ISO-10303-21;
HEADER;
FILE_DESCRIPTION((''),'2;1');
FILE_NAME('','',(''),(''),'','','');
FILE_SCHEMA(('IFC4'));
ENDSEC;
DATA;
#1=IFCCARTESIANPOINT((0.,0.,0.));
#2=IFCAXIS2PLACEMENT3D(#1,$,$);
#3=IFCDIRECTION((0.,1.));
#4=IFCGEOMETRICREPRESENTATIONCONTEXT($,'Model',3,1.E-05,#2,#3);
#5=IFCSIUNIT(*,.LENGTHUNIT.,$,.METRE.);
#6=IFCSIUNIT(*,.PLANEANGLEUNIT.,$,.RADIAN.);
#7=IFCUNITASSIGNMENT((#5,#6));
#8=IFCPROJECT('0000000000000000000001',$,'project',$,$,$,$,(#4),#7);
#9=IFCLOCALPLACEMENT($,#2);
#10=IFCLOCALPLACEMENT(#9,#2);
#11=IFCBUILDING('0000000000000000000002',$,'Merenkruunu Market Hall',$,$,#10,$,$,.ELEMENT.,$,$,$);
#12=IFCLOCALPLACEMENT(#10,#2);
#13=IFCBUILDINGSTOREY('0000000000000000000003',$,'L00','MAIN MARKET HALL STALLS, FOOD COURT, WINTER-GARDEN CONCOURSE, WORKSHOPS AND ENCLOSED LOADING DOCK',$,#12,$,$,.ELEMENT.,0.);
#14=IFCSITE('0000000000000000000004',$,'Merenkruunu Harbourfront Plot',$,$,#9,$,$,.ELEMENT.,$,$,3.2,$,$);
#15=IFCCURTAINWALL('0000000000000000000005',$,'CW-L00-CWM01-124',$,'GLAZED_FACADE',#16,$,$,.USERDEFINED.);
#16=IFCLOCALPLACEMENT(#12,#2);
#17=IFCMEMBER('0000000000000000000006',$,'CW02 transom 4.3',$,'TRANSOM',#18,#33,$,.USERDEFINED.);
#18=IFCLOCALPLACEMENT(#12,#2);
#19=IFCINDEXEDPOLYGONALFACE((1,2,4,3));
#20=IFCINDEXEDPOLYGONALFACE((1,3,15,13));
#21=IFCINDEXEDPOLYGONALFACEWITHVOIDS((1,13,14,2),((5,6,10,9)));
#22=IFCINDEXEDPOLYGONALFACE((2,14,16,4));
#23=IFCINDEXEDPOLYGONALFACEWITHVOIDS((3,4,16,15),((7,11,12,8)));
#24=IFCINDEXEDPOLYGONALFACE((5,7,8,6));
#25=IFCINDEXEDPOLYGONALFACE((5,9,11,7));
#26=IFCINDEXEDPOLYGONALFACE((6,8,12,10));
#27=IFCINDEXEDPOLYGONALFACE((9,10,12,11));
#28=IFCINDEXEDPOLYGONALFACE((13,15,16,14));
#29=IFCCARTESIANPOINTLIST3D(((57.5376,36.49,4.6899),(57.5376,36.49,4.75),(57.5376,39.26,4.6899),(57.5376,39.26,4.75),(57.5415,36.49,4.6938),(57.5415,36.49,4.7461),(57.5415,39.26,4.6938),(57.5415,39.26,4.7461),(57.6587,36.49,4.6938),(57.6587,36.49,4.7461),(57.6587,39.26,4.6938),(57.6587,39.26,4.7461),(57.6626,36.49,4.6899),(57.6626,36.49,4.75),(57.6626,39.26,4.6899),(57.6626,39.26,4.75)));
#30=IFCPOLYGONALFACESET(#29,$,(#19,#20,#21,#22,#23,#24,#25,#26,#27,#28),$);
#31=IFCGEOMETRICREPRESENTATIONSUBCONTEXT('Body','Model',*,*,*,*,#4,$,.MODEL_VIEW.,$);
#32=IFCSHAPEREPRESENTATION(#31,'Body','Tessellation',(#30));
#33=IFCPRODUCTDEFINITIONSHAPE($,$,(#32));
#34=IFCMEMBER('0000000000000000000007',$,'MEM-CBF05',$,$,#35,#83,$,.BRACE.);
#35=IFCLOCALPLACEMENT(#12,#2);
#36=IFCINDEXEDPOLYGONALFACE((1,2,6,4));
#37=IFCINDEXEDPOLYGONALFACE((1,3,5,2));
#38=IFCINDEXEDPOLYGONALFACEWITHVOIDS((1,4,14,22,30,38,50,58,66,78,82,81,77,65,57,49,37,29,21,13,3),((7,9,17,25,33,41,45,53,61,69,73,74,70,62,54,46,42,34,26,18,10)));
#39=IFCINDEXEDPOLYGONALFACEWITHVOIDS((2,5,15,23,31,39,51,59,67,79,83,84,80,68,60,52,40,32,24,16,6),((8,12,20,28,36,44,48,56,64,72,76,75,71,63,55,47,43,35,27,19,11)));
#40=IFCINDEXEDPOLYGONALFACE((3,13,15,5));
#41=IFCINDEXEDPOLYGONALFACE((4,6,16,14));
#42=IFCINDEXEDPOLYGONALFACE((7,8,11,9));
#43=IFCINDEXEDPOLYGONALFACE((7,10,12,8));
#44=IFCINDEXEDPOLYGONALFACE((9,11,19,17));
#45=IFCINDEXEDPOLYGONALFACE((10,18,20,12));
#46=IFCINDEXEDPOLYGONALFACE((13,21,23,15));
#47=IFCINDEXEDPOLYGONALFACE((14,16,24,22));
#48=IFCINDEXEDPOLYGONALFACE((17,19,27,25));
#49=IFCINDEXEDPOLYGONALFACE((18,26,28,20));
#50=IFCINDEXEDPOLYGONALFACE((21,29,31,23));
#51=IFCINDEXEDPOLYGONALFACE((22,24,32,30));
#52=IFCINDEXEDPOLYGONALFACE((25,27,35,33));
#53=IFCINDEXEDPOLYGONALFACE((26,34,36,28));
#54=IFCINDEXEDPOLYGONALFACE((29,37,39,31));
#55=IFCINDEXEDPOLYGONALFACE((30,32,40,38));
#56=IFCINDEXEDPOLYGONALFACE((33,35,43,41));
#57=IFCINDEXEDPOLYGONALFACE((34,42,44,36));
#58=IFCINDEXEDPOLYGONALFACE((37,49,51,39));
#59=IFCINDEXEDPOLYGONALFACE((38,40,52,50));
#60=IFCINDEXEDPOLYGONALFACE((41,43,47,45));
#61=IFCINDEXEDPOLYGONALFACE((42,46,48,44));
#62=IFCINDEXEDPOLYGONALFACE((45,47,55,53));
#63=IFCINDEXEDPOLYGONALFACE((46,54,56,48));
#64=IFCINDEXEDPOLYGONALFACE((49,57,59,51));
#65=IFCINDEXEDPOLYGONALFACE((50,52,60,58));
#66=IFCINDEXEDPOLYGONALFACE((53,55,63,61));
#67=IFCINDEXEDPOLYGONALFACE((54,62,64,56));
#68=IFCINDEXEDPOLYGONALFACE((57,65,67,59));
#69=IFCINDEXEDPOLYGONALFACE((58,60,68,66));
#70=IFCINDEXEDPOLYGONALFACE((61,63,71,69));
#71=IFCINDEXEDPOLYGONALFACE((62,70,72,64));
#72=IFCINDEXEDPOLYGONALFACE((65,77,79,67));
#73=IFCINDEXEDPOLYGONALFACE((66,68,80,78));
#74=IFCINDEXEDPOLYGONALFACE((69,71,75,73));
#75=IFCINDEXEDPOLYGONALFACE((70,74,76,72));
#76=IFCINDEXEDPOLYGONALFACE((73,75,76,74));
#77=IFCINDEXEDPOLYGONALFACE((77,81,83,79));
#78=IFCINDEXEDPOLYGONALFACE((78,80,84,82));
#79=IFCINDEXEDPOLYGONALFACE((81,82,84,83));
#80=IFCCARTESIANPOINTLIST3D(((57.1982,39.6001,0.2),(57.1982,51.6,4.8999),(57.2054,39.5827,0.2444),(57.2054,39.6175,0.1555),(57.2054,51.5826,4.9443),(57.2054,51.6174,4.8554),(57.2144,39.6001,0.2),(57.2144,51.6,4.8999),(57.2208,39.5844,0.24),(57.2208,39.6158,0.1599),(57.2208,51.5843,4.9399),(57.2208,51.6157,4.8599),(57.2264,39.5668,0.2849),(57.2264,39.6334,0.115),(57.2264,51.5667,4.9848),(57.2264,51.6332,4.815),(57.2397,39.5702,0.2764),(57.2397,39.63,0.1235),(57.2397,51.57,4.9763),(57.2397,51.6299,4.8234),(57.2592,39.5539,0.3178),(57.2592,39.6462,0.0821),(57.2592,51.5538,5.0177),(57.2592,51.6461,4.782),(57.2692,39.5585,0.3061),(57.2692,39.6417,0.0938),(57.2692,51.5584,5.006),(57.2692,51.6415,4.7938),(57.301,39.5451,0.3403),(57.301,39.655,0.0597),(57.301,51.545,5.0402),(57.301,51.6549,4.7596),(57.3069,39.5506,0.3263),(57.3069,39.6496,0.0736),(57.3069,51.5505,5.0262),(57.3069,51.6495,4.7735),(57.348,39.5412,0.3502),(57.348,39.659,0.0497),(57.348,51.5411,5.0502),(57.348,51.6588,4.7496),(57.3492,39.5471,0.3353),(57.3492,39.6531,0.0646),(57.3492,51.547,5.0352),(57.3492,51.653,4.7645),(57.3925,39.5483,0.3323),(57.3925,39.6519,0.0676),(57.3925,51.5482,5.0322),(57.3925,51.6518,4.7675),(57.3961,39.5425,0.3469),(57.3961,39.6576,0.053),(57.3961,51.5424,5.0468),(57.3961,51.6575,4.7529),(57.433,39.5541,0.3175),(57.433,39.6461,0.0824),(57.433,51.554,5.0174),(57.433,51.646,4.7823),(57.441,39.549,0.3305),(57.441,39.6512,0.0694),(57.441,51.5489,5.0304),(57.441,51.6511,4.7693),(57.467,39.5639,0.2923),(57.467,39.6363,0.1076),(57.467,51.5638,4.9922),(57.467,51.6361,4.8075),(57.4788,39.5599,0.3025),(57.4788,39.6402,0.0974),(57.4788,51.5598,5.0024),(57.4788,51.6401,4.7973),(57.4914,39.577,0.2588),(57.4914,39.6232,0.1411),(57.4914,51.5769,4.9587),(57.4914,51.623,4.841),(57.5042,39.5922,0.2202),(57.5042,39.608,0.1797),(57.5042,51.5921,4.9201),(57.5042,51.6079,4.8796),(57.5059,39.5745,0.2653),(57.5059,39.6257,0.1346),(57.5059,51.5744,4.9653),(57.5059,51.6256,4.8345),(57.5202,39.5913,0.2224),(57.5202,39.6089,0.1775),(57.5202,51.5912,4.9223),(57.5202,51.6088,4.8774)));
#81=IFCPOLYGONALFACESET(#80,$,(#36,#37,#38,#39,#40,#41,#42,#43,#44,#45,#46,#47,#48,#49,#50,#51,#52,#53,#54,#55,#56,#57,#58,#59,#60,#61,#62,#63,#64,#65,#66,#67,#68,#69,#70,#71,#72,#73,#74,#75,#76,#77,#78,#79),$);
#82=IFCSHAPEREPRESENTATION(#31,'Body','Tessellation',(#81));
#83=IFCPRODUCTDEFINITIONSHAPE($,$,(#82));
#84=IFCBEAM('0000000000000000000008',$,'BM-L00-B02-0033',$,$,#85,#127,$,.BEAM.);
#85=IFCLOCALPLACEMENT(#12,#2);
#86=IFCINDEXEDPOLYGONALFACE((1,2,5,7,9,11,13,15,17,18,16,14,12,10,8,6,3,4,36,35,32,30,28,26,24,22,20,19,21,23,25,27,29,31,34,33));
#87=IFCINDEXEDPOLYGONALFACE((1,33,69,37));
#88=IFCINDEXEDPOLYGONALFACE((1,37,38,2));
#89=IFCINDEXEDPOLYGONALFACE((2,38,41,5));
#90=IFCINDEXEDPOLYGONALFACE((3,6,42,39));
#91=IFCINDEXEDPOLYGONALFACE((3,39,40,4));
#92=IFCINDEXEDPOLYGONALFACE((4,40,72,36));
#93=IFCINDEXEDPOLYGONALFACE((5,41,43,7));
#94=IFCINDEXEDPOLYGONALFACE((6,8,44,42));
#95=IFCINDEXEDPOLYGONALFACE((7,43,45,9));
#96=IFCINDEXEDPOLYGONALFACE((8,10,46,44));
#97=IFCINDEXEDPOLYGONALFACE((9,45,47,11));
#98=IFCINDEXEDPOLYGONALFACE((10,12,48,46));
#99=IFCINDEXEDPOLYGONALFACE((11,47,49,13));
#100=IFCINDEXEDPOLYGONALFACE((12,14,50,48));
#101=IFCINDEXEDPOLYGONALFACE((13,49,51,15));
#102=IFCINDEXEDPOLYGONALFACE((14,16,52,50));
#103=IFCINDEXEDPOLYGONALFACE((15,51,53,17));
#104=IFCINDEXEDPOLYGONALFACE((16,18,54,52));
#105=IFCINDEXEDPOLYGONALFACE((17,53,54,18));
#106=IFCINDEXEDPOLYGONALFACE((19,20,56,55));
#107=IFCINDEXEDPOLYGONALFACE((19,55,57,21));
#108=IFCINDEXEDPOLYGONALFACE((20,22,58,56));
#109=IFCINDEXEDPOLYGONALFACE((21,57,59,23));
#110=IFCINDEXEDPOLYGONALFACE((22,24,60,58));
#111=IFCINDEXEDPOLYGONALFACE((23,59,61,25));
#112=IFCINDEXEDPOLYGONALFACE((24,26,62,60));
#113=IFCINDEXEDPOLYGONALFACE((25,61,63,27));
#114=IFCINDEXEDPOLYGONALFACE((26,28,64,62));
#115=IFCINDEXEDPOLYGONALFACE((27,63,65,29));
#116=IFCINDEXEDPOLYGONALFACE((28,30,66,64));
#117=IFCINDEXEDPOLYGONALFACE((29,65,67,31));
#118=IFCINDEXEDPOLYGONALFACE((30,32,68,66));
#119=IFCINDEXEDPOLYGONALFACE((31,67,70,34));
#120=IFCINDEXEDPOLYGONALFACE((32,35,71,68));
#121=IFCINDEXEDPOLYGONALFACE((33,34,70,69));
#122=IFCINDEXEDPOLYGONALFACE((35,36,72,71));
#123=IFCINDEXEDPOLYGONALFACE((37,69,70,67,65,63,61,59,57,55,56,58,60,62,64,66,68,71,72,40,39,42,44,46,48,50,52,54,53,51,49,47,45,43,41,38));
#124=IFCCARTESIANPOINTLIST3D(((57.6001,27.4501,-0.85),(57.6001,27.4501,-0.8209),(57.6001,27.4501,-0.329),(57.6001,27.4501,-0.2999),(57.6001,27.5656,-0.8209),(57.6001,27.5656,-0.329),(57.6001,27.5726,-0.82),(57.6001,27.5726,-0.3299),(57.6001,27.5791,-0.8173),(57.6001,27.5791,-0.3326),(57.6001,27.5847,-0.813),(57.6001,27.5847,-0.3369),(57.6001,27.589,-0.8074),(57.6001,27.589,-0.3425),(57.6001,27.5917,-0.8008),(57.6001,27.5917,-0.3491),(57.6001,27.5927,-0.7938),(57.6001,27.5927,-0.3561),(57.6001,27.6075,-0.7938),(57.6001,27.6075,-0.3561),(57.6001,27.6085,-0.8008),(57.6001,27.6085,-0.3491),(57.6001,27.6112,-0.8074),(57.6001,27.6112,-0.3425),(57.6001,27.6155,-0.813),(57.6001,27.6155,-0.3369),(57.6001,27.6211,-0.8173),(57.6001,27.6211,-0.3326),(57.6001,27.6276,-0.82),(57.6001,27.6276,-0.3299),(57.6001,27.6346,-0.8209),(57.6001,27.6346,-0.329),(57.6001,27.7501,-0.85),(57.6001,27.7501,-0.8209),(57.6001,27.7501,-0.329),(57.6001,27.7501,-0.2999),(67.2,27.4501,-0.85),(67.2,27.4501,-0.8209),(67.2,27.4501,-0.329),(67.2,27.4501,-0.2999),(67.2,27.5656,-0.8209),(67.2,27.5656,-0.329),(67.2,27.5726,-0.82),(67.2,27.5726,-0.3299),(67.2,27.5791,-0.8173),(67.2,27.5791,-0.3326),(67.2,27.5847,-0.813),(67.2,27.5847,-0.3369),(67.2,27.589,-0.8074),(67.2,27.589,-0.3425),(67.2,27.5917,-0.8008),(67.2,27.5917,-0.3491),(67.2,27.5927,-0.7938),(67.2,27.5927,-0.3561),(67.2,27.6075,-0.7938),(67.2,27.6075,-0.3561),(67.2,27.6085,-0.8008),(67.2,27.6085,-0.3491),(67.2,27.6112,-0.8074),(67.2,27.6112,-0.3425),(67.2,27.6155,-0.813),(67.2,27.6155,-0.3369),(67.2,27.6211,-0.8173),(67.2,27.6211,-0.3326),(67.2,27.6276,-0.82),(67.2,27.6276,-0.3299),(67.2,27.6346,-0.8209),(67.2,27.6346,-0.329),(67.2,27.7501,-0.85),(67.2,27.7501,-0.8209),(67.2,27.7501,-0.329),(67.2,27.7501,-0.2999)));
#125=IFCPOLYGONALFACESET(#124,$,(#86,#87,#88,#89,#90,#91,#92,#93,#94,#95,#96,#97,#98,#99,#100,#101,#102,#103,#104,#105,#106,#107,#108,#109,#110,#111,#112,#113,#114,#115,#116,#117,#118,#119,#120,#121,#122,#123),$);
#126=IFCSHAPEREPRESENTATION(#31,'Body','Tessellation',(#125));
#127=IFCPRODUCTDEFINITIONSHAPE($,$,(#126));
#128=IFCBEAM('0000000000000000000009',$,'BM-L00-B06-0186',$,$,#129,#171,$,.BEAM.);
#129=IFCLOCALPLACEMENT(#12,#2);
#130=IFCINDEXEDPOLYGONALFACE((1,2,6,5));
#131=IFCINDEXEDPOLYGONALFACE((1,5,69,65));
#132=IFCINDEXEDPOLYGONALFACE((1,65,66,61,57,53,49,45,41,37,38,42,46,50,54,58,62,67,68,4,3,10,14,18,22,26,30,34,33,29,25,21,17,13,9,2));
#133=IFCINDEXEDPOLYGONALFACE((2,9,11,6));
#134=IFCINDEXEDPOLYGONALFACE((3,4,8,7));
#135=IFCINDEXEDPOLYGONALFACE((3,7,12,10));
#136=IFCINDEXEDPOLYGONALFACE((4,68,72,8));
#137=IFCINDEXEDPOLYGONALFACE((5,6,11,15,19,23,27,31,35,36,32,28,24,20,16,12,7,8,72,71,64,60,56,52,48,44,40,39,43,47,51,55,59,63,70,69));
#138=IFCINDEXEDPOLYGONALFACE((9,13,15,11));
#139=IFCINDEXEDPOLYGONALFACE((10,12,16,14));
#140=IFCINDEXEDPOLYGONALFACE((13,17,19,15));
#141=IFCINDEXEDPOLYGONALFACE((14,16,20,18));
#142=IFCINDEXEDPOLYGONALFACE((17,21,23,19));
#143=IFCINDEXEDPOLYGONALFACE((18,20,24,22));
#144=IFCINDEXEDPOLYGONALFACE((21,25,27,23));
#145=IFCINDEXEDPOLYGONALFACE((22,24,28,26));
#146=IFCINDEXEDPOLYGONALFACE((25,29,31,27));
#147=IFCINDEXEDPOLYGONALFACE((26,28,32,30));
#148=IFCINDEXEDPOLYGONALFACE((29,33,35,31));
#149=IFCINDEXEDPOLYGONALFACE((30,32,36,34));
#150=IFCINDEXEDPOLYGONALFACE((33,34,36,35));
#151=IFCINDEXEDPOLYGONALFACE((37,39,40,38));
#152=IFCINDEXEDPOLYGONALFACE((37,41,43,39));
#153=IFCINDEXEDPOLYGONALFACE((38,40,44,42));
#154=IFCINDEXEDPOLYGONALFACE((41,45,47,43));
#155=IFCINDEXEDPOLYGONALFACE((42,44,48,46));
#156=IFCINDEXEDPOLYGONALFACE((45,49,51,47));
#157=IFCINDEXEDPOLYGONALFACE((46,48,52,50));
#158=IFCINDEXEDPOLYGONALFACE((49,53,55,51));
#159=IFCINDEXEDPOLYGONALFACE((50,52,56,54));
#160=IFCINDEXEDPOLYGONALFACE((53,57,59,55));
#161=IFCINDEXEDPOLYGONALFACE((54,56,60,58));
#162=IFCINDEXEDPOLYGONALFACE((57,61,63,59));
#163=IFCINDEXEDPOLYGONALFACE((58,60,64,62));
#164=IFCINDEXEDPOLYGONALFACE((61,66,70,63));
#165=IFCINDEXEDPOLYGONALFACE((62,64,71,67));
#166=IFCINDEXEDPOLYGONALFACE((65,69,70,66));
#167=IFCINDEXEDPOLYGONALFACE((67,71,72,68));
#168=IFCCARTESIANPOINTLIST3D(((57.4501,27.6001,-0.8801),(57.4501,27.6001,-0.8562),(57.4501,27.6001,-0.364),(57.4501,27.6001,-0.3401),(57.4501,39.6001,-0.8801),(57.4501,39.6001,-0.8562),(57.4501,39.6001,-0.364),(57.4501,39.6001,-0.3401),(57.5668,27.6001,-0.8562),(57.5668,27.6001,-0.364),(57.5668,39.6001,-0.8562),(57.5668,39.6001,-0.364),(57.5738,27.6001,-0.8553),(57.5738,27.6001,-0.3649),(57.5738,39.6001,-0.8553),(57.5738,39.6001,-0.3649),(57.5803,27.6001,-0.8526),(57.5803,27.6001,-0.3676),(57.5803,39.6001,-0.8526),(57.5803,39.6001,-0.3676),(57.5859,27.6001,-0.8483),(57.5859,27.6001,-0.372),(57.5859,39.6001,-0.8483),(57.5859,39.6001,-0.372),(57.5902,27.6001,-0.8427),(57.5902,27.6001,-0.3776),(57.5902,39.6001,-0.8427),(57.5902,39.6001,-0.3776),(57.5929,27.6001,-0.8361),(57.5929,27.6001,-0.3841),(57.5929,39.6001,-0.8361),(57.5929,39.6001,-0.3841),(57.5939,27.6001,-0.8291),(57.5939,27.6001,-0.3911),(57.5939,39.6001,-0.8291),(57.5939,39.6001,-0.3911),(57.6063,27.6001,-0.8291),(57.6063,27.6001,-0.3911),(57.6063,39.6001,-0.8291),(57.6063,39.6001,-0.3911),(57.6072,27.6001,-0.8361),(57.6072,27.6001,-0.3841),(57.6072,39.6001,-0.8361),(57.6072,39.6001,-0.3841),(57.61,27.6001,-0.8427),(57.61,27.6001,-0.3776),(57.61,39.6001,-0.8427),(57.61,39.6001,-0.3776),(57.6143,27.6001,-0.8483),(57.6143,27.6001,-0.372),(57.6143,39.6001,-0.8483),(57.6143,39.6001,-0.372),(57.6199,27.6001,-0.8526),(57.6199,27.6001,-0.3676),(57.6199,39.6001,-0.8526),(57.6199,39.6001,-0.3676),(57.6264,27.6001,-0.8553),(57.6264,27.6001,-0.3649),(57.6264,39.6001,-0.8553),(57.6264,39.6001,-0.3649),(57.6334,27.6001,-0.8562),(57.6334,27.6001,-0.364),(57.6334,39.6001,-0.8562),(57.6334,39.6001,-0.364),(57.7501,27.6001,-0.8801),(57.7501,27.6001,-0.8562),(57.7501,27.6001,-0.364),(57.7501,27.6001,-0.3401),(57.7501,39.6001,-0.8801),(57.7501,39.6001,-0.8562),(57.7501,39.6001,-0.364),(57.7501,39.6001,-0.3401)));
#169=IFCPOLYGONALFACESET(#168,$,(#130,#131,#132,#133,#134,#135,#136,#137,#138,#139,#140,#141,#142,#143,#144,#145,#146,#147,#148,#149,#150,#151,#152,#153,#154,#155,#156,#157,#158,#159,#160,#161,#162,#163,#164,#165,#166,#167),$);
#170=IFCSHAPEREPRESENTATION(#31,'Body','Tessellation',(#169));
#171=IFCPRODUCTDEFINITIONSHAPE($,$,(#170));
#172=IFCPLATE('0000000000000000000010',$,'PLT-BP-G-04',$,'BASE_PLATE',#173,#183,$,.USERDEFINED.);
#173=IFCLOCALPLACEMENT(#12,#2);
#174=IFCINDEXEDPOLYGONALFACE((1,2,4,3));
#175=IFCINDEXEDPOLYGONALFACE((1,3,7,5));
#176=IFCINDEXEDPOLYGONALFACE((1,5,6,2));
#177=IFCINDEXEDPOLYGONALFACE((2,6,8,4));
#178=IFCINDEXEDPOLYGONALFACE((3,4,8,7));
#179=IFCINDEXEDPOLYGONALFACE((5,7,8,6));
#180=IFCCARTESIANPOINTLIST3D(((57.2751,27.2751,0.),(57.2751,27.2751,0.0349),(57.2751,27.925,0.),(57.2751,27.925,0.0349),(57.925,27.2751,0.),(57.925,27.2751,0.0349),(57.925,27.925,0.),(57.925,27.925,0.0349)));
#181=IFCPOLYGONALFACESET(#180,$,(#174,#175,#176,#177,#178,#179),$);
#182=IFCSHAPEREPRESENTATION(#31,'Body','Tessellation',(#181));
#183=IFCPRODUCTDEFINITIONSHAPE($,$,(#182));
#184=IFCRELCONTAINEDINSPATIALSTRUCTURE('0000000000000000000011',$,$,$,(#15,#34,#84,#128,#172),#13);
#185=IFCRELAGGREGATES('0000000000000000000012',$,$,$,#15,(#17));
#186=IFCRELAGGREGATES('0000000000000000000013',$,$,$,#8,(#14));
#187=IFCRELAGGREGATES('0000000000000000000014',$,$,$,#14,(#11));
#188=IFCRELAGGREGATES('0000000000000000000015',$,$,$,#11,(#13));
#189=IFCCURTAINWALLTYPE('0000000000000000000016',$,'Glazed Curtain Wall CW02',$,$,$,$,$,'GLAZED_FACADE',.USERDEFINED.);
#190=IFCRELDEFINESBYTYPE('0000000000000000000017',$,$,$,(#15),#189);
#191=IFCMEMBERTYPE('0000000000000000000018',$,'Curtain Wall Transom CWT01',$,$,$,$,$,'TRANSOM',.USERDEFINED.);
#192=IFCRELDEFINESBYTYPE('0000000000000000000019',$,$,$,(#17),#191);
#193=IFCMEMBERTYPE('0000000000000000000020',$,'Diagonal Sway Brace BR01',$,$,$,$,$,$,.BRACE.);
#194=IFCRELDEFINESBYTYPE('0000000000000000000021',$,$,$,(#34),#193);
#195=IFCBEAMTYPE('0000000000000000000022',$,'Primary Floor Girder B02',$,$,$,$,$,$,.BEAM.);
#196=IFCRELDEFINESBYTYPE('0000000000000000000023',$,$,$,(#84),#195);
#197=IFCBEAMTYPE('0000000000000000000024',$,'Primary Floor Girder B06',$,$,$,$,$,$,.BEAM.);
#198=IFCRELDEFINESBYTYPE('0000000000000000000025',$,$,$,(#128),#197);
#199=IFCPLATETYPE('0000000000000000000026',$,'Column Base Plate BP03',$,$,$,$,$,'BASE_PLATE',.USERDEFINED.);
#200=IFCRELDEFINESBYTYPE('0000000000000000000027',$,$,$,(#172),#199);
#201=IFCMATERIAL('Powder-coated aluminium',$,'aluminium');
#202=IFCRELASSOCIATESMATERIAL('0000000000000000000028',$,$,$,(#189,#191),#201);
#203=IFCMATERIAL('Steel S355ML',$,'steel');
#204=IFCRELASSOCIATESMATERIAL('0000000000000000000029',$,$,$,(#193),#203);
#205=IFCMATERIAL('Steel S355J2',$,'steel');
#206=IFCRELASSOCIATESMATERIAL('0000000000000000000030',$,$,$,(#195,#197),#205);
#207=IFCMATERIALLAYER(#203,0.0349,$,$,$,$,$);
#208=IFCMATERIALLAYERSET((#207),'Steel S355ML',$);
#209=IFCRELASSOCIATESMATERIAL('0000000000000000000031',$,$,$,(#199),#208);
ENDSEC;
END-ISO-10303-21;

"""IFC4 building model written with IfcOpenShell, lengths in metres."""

from ifc_helpers import new_model, si_unit, direction, frame, origin, origin_2d, place, context, subcontext, project, spatial, rectangle, hollow_rectangle, hollow_circle, i_section, extrude, material, layer, layer_set, material_profile, profile_set, type_object, element, aggregate, save


model = new_model("IFC4")

# Units and contexts
model_context = context("Model", 3, precision=1e-05, world=origin(), true_north=direction((0.0, 1.0)))
body_context = subcontext(model_context, "Body", "Model", "MODEL_VIEW")
ifc_project = project(units=[si_unit("LENGTHUNIT", "METRE"), si_unit("PLANEANGLEUNIT", "RADIAN")], contexts=[model_context])

# Site, building, storey
site_placement = place(None, origin())
site = spatial("IfcSite", under=ifc_project, at=site_placement, Name="Merenkruunu Harbourfront Plot", CompositionType="ELEMENT", RefElevation=3.2)
building_placement = place(site_placement, origin())
building = spatial("IfcBuilding", under=site, at=building_placement, Name="Merenkruunu Market Hall", CompositionType="ELEMENT")
storey_placement = place(building_placement, origin())
storey = spatial("IfcBuildingStorey", under=building, at=storey_placement, Name="L00", Description="MAIN MARKET HALL STALLS, FOOD COURT, WINTER-GARDEN CONCOURSE, WORKSHOPS AND ENCLOSED LOADING DOCK", CompositionType="ELEMENT", Elevation=0.0)

# Shared definitions
ifc_material_1 = material(Name="Steel S355ML", Category="steel")

# Shared definitions
ifc_material_2 = material(Name="Powder-coated aluminium", Category="aluminium")
curtain_wall_type = type_object("IfcCurtainWallType", Name="Glazed Curtain Wall CW02", ElementType="GLAZED_FACADE", PredefinedType="USERDEFINED", material=ifc_material_2)

# Curtain wall
curtain_wall_1_placement = place(storey_placement, origin())
curtain_wall_1 = element("IfcCurtainWall", 1, at=curtain_wall_1_placement, inside=storey, type_object=curtain_wall_type, Name="CW-L00-CWM01-124", ObjectType="GLAZED_FACADE", PredefinedType="USERDEFINED")

# Members
ifc_material_profile_1 = material_profile(ifc_material_2, hollow_rectangle(XDim=0.0601, YDim=0.125, WallThickness=0.0039, at=origin_2d()), Name="ALU 60x125x4")
ifc_profile_set_1 = profile_set([ifc_material_profile_1], Name="Powder-coated aluminium")
member_type_1 = type_object("IfcMemberType", Name="Curtain Wall Transom CWT01", ElementType="TRANSOM", PredefinedType="USERDEFINED", material=ifc_profile_set_1)
member_1_placement = place(storey_placement, frame((57.6001, 36.49, 4.72), z_axis=(0.0, 1.0, 0.0), x_axis=(0.0, 0.0, 1.0)))
member_1 = element("IfcMember", 2, at=member_1_placement, type_object=member_type_1, Name="CW02 transom 4.3", ObjectType="TRANSOM", PredefinedType="USERDEFINED", context=body_context, shape_type="SweptSolid", body=[
    extrude(hollow_rectangle(XDim=0.0601, YDim=0.125, WallThickness=0.0039, at=origin_2d()), origin(), (0.0, 0.0, 1.0), 2.77),
])
ifc_material_profile_2 = material_profile(ifc_material_1, hollow_circle(Radius=0.1619, WallThickness=0.0161, at=origin_2d()), Name="CHS 323.9x16")
ifc_profile_set_2 = profile_set([ifc_material_profile_2], Name="Steel S355ML")
member_type_2 = type_object("IfcMemberType", Name="Diagonal Sway Brace BR01", PredefinedType="BRACE", material=ifc_profile_set_2)
member_2_placement = place(storey_placement, frame((57.3601, 39.6001, 0.2), z_axis=(0.0, 0.93113, 0.364689), x_axis=(-1.0, 0.0, 0.0)))
element("IfcMember", 3, at=member_2_placement, inside=storey, type_object=member_type_2, Name="MEM-CBF05", PredefinedType="BRACE", context=body_context, shape_type="SweptSolid", body=[
    extrude(hollow_circle(Radius=0.1619, WallThickness=0.0161, at=origin_2d()), origin(), (0.0, 0.0, 1.0), 12.8875),
])

# Beams
ifc_material_3 = material(Name="Steel S355J2", Category="steel")
ifc_material_profile_3 = material_profile(ifc_material_3, i_section(OverallWidth=0.3, OverallDepth=0.55, WebThickness=0.0149, FlangeThickness=0.0291, FilletRadius=0.0271, at=origin_2d()), Name="HEB 550")
ifc_profile_set_3 = profile_set([ifc_material_profile_3], Name="Steel S355J2")
beam_type_1 = type_object("IfcBeamType", Name="Primary Floor Girder B02", PredefinedType="BEAM", material=ifc_profile_set_3)
beam_1_placement = place(storey_placement, frame((57.6001, 27.6001, -0.575), z_axis=(1.0, 0.0, 0.0), x_axis=(0.0, 1.0, 0.0)))
element("IfcBeam", 4, at=beam_1_placement, inside=storey, type_object=beam_type_1, Name="BM-L00-B02-0033", PredefinedType="BEAM", context=body_context, shape_type="SweptSolid", body=[
    extrude(i_section(OverallWidth=0.3, OverallDepth=0.55, WebThickness=0.0149, FlangeThickness=0.0291, FilletRadius=0.0271, at=origin_2d()), origin(), (0.0, 0.0, 1.0), 9.5999),
])
ifc_material_profile_4 = material_profile(ifc_material_3, i_section(OverallWidth=0.3, OverallDepth=0.54, WebThickness=0.0125, FlangeThickness=0.0239, FilletRadius=0.0271, at=origin_2d()), Name="HEA 550")
ifc_profile_set_4 = profile_set([ifc_material_profile_4], Name="Steel S355J2")
beam_type_2 = type_object("IfcBeamType", Name="Primary Floor Girder B06", PredefinedType="BEAM", material=ifc_profile_set_4)
beam_2_placement = place(storey_placement, frame((57.6001, 27.6001, -0.6101), z_axis=(0.0, 1.0, 0.0), x_axis=(-1.0, 0.0, 0.0)))
element("IfcBeam", 5, at=beam_2_placement, inside=storey, type_object=beam_type_2, Name="BM-L00-B06-0186", PredefinedType="BEAM", context=body_context, shape_type="SweptSolid", body=[
    extrude(i_section(OverallWidth=0.3, OverallDepth=0.54, WebThickness=0.0125, FlangeThickness=0.0239, FilletRadius=0.0271, at=origin_2d()), origin(), (0.0, 0.0, 1.0), 12.0),
])

# Plate
ifc_layer_1 = layer(ifc_material_1, 0.0349)
ifc_layer_set_1 = layer_set([ifc_layer_1], Name="Steel S355ML")
plate_type_1 = type_object("IfcPlateType", Name="Column Base Plate BP03", ElementType="BASE_PLATE", PredefinedType="USERDEFINED", material=ifc_layer_set_1)
plate_1_placement = place(storey_placement, frame((57.6001, 27.6001, 0.0), z_axis=(0.0, 0.0, 1.0), x_axis=(1.0, 0.0, 0.0)))
element("IfcPlate", 6, at=plate_1_placement, inside=storey, type_object=plate_type_1, Name="PLT-BP-G-04", ObjectType="BASE_PLATE", PredefinedType="USERDEFINED", context=body_context, shape_type="SweptSolid", body=[
    extrude(rectangle(XDim=0.6499, YDim=0.6499, at=origin_2d()), origin(), (0.0, 0.0, 1.0), 0.0349),
])
aggregate(curtain_wall_1, [member_1])

save(model, "model.ifc")
